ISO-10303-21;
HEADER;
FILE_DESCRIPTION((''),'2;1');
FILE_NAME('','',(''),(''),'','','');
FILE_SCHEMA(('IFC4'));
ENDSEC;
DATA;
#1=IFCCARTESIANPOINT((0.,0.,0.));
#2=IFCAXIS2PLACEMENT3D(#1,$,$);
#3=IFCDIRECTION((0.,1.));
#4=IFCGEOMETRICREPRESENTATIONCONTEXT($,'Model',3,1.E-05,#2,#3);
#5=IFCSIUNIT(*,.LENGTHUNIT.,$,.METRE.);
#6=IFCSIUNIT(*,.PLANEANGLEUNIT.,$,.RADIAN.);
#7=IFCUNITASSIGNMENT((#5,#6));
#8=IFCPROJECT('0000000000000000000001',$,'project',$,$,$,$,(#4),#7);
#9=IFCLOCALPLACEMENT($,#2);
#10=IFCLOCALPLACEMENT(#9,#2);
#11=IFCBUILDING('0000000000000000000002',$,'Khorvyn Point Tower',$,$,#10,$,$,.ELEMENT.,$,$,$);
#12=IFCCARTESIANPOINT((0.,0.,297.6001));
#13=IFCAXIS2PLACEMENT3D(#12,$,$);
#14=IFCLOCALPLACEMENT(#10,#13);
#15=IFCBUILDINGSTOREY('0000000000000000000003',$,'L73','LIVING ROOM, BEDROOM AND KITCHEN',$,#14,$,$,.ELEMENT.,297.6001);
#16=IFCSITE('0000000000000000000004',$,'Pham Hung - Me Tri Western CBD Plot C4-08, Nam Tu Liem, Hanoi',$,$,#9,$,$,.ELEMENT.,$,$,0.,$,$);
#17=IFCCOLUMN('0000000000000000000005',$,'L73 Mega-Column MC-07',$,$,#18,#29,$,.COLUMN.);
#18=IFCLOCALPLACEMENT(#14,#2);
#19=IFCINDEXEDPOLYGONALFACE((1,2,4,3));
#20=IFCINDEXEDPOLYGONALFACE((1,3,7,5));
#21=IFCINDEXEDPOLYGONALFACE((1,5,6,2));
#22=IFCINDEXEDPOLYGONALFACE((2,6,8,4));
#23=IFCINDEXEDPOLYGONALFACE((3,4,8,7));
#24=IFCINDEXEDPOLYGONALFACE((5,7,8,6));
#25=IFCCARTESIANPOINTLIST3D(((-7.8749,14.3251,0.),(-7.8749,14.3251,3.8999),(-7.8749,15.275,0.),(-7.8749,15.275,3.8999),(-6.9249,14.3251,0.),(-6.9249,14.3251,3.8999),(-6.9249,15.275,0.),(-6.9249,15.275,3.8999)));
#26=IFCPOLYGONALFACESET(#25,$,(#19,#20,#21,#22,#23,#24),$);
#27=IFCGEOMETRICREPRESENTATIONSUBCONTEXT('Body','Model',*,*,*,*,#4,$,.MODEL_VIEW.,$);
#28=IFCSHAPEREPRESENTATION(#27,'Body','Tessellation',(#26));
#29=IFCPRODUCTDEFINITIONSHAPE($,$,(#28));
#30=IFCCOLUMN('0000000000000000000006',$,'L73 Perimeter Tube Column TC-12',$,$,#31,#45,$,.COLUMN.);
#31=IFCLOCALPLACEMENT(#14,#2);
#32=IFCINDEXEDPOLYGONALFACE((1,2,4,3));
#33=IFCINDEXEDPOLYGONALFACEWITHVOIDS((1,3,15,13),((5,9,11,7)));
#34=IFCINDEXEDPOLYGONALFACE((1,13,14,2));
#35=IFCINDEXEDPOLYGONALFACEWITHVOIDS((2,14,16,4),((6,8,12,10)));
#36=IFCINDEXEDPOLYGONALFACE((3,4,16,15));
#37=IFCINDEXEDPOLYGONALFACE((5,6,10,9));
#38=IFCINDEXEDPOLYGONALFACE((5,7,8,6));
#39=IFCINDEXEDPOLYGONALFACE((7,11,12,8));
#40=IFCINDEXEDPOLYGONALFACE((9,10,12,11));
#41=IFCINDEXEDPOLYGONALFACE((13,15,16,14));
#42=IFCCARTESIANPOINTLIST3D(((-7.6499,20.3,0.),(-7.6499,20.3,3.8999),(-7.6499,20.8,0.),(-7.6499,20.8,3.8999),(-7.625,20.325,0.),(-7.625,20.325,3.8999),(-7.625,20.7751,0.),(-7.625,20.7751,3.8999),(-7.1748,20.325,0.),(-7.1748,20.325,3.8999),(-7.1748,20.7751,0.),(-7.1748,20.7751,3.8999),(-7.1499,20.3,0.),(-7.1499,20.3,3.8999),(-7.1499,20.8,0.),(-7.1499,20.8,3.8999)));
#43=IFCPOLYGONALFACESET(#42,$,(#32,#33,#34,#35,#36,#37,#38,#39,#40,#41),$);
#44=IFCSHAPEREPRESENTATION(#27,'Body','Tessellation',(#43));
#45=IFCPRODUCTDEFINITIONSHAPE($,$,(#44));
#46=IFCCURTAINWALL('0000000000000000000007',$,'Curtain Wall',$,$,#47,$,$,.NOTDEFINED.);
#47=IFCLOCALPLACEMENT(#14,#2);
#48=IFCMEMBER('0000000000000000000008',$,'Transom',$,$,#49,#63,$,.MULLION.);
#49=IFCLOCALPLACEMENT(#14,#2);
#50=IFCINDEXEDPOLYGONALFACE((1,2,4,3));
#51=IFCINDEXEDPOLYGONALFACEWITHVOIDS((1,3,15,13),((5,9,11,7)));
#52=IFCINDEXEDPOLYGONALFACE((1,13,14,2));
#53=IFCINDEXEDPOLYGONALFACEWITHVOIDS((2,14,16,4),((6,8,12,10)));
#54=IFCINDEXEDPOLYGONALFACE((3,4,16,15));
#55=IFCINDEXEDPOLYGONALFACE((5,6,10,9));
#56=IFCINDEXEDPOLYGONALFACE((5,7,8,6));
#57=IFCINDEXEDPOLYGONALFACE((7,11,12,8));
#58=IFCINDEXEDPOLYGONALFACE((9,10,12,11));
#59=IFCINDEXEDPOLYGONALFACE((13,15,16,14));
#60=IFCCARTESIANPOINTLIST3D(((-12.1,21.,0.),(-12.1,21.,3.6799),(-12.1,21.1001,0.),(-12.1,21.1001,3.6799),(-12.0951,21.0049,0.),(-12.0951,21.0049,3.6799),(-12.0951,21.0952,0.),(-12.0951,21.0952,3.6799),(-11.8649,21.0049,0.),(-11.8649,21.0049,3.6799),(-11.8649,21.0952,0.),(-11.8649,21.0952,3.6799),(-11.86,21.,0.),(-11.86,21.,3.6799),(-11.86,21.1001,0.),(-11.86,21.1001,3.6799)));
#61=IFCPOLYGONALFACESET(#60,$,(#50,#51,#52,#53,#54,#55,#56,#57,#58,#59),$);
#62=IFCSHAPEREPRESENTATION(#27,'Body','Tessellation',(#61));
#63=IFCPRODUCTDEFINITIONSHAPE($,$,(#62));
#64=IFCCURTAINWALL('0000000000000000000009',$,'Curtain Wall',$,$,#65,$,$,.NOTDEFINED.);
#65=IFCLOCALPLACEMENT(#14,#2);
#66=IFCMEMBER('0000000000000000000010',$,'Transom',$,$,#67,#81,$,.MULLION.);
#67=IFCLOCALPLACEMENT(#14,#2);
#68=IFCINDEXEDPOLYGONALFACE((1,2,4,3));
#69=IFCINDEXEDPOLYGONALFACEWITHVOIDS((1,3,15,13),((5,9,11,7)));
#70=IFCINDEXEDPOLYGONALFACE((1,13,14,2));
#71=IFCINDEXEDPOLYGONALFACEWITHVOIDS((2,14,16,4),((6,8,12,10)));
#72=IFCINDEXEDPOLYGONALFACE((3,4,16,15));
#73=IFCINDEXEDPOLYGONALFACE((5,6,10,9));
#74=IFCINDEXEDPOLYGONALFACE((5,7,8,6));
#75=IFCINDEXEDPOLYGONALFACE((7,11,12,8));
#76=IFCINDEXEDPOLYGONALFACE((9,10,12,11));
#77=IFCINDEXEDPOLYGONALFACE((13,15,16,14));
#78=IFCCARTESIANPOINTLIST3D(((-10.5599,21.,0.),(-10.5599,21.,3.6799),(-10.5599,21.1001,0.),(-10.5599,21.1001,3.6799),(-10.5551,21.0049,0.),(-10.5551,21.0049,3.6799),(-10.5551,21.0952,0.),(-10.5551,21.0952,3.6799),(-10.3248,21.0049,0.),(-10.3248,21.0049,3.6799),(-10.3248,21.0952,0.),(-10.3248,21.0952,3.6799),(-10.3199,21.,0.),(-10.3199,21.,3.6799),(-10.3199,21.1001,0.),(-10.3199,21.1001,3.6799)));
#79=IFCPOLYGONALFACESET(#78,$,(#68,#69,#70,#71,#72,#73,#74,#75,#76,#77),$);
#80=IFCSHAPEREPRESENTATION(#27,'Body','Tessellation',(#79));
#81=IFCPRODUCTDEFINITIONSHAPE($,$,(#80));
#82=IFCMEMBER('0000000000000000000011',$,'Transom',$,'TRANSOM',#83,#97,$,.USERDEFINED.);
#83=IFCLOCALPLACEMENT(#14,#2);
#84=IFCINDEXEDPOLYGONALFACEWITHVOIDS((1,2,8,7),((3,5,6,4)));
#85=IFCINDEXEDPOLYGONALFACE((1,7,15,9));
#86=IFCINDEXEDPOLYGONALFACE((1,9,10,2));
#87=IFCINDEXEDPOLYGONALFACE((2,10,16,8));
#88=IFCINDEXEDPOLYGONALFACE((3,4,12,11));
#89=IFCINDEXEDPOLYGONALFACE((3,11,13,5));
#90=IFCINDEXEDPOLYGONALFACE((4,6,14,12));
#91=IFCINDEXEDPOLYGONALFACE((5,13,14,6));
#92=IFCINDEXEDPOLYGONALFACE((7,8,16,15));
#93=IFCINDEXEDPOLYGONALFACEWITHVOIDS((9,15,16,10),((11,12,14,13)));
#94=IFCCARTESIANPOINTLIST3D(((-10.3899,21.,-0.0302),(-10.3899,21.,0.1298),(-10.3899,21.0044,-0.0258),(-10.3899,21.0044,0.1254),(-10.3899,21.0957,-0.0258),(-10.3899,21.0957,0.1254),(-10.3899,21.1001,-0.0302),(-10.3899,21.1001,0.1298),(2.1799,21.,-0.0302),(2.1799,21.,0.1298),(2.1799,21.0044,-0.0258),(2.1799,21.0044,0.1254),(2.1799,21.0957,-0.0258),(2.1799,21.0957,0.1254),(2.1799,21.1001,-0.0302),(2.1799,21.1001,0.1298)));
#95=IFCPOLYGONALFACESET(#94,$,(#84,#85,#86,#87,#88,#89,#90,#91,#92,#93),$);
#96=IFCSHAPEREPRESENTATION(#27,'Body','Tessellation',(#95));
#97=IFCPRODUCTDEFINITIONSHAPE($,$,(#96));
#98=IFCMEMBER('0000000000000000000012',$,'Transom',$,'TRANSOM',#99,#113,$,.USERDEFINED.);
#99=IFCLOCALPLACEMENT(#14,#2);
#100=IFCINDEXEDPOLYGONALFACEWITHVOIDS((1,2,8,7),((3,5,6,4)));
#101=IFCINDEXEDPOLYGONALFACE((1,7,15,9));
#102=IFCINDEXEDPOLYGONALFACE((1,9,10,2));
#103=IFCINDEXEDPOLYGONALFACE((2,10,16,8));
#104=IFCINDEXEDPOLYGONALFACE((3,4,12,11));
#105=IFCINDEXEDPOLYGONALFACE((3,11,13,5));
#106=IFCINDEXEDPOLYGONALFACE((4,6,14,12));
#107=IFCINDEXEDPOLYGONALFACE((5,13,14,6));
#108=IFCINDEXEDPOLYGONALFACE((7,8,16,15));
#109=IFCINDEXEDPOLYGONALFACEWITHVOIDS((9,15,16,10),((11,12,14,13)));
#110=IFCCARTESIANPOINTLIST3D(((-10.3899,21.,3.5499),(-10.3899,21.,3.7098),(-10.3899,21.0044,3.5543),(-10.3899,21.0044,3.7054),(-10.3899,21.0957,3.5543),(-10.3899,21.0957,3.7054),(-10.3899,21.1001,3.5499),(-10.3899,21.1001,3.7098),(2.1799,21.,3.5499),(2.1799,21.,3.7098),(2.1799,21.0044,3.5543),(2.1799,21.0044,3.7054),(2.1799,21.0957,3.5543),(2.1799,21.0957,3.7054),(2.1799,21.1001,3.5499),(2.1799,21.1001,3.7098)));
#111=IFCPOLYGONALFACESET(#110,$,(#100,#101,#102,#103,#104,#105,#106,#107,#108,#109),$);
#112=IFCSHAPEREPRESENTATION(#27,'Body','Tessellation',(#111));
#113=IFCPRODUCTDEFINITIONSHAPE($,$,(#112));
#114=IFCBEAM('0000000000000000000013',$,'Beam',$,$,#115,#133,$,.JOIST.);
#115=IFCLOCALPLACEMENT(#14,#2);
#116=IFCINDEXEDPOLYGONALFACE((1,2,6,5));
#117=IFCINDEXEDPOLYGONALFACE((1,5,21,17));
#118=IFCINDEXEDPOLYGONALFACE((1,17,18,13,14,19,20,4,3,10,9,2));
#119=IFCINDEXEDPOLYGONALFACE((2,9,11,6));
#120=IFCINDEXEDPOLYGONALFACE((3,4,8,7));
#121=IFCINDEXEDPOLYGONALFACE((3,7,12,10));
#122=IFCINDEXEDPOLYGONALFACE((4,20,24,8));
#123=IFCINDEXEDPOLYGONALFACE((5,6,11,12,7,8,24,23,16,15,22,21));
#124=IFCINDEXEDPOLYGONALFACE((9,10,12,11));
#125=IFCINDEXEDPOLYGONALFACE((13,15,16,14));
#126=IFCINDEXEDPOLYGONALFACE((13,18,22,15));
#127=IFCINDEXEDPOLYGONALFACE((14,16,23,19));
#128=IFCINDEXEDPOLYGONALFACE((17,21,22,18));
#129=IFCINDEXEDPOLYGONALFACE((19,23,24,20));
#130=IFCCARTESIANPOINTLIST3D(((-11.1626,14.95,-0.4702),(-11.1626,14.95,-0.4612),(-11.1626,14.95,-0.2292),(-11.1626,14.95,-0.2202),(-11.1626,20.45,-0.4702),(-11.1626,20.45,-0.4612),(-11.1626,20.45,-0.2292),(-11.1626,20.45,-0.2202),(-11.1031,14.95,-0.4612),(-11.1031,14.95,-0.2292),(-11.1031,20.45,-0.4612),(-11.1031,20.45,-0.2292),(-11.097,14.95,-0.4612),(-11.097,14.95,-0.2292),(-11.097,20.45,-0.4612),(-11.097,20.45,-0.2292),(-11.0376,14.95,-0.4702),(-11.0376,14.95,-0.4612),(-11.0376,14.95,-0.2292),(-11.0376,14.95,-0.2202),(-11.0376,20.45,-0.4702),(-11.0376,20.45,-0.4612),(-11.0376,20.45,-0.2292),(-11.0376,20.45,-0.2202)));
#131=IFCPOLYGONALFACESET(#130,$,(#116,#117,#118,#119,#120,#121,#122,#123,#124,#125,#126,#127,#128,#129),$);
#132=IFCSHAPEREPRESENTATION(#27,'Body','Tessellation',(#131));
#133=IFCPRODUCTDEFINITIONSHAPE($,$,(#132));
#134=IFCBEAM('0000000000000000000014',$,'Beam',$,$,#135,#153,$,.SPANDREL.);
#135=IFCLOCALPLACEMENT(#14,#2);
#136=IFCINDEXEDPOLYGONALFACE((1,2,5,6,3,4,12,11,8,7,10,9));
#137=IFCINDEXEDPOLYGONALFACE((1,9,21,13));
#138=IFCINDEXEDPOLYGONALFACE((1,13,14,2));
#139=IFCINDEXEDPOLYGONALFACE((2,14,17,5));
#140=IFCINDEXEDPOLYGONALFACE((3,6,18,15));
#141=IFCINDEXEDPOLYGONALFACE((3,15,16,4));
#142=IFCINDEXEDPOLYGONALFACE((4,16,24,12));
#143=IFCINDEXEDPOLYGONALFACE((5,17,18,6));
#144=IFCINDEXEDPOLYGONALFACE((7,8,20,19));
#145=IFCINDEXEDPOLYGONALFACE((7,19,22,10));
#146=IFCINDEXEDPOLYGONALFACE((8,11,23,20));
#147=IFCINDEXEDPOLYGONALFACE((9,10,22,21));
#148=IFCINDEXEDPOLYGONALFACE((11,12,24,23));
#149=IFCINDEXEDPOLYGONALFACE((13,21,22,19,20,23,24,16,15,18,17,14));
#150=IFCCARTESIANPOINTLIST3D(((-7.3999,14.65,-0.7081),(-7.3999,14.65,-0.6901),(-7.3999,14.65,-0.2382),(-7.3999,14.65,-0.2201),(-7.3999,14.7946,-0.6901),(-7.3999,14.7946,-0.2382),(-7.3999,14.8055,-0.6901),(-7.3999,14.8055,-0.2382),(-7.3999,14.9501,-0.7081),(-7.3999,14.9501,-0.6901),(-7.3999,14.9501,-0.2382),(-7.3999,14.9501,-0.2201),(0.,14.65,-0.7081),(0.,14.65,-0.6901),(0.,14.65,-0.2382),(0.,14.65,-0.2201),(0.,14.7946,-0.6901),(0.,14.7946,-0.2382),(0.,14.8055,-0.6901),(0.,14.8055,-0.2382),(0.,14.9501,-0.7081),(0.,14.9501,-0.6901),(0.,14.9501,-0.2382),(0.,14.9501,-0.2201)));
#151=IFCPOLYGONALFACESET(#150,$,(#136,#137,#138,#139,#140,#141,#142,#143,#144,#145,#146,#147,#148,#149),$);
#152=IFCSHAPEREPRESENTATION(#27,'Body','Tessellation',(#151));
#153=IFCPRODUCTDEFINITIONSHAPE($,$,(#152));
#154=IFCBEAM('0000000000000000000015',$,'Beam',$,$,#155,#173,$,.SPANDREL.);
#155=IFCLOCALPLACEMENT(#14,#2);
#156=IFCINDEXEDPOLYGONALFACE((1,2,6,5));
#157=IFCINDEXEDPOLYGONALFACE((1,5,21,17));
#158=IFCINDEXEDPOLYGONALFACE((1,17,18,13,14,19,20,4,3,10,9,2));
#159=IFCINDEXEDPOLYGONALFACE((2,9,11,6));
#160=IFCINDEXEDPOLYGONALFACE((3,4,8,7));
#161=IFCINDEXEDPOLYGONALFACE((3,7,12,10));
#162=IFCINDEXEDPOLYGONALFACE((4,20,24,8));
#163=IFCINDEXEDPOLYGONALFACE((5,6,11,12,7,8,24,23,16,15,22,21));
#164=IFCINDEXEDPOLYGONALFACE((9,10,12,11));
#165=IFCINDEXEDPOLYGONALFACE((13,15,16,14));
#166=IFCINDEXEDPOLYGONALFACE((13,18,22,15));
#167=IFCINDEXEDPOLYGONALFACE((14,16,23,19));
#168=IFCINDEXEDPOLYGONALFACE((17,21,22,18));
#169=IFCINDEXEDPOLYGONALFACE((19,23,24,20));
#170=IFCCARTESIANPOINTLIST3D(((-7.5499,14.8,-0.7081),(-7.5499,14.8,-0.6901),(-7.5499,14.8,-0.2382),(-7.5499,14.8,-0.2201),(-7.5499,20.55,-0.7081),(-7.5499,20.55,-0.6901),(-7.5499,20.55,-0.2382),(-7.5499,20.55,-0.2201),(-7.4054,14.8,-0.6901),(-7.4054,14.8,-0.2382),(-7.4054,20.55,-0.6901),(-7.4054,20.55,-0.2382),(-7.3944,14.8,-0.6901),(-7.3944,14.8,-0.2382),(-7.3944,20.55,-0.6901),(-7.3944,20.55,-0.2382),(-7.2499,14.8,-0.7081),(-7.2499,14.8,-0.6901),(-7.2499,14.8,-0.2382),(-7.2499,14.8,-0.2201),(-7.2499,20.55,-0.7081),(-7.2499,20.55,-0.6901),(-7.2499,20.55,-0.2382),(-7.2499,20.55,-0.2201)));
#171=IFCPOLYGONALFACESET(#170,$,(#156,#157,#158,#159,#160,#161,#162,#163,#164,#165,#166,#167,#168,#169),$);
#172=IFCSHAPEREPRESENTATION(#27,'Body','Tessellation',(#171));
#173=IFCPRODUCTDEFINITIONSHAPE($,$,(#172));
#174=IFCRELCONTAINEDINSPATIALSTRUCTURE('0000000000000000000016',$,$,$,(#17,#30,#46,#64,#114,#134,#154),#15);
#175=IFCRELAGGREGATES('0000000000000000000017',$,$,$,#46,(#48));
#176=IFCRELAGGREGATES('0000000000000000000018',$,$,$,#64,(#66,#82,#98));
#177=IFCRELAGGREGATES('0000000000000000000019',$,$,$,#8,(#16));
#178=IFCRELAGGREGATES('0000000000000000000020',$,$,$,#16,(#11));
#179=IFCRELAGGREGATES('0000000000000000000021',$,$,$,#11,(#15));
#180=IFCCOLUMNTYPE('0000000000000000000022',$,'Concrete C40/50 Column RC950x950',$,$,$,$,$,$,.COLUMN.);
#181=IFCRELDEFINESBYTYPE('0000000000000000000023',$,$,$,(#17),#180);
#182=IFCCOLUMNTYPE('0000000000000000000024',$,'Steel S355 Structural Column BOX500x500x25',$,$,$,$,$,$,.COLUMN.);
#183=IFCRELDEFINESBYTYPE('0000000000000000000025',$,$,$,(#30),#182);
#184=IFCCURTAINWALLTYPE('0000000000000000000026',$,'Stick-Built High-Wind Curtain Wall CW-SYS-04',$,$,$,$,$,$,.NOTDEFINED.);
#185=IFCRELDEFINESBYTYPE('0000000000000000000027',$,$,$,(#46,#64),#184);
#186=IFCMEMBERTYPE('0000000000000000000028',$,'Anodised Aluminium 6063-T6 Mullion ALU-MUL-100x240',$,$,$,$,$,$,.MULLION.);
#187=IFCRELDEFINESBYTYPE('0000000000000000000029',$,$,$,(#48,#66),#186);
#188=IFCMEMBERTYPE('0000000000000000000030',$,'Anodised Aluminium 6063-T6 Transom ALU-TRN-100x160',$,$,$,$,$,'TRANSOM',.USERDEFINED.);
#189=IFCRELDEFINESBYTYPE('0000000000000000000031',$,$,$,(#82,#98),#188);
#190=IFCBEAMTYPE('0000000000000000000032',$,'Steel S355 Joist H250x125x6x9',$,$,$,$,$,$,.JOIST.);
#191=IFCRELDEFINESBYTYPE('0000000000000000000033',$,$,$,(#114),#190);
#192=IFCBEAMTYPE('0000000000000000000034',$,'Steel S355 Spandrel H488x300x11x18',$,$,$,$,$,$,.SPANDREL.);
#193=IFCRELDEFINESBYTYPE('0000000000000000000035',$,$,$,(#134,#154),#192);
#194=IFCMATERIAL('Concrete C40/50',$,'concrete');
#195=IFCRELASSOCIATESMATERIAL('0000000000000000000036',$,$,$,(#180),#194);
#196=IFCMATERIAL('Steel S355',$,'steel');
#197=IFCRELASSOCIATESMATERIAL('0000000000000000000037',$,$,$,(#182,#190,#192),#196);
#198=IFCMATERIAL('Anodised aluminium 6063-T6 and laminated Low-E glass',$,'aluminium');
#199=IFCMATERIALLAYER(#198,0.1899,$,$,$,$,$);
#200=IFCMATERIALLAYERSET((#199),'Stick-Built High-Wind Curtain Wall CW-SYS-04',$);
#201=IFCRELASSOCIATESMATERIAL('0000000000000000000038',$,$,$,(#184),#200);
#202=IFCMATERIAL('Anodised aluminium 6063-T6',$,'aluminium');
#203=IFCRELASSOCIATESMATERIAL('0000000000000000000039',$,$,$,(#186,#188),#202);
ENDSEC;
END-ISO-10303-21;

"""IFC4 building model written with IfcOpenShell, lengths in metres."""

from ifc_helpers import new_model, si_unit, direction, frame, origin, origin_2d, place, context, subcontext, project, spatial, rectangle, hollow_rectangle, i_section, extrude, material, layer, layer_set, material_profile, profile_set, type_object, element, aggregate, save


model = new_model("IFC4")

# Units and contexts
model_context = context("Model", 3, precision=1e-05, world=origin(), true_north=direction((0.0, 1.0)))
body_context = subcontext(model_context, "Body", "Model", "MODEL_VIEW")
ifc_project = project(units=[si_unit("LENGTHUNIT", "METRE"), si_unit("PLANEANGLEUNIT", "RADIAN")], contexts=[model_context])

# Site, building, storey
site_placement = place(None, origin())
site = spatial("IfcSite", under=ifc_project, at=site_placement, Name="Pham Hung - Me Tri Western CBD Plot C4-08, Nam Tu Liem, Hanoi", CompositionType="ELEMENT", RefElevation=0.0)
building_placement = place(site_placement, origin())
building = spatial("IfcBuilding", under=site, at=building_placement, Name="Khorvyn Point Tower", CompositionType="ELEMENT")
storey_placement = place(building_placement, frame((0.0, 0.0, 297.6001)))
storey = spatial("IfcBuildingStorey", under=building, at=storey_placement, Name="L73", Description="LIVING ROOM, BEDROOM AND KITCHEN", CompositionType="ELEMENT", Elevation=297.6001)

# Columns
ifc_material_1 = material(Name="Concrete C40/50", Category="concrete")
ifc_material_profile_1 = material_profile(ifc_material_1, rectangle(XDim=0.95, YDim=0.95, at=origin_2d()))
ifc_profile_set_1 = profile_set([ifc_material_profile_1], Name="Concrete C40/50 RC950x950")
column_type_1 = type_object("IfcColumnType", Name="Concrete C40/50 Column RC950x950", PredefinedType="COLUMN", material=ifc_profile_set_1)
column_1_placement = place(storey_placement, frame((-7.3999, 14.8, 0.0), z_axis=(0.0, 0.0, 1.0), x_axis=(1.0, 0.0, 0.0)))
element("IfcColumn", 1, at=column_1_placement, inside=storey, type_object=column_type_1, Name="L73 Mega-Column MC-07", PredefinedType="COLUMN", context=body_context, shape_type="SweptSolid", body=[
    extrude(rectangle(XDim=0.95, YDim=0.95, at=origin_2d()), origin(), (0.0, 0.0, 1.0), 3.8999),
])
ifc_material_2 = material(Name="Steel S355", Category="steel")
ifc_material_profile_2 = material_profile(ifc_material_2, hollow_rectangle(XDim=0.5, YDim=0.5, WallThickness=0.0249, at=origin_2d()))
ifc_profile_set_2 = profile_set([ifc_material_profile_2], Name="Steel S355 BOX500x500x25")
column_type_2 = type_object("IfcColumnType", Name="Steel S355 Structural Column BOX500x500x25", PredefinedType="COLUMN", material=ifc_profile_set_2)
column_2_placement = place(storey_placement, frame((-7.3999, 20.55, 0.0), z_axis=(0.0, 0.0, 1.0), x_axis=(1.0, 0.0, 0.0)))
element("IfcColumn", 2, at=column_2_placement, inside=storey, type_object=column_type_2, Name="L73 Perimeter Tube Column TC-12", PredefinedType="COLUMN", context=body_context, shape_type="SweptSolid", body=[
    extrude(hollow_rectangle(XDim=0.5, YDim=0.5, WallThickness=0.0249, at=origin_2d()), origin(), (0.0, 0.0, 1.0), 3.8999),
])

# Curtain wall, member
ifc_material_3 = material(Name="Anodised aluminium 6063-T6 and laminated Low-E glass", Category="aluminium")
ifc_layer_1 = layer(ifc_material_3, 0.1899)
ifc_layer_set_1 = layer_set([ifc_layer_1], Name="Stick-Built High-Wind Curtain Wall CW-SYS-04")
curtain_wall_type = type_object("IfcCurtainWallType", Name="Stick-Built High-Wind Curtain Wall CW-SYS-04", PredefinedType="NOTDEFINED", material=ifc_layer_set_1)
curtain_wall_1_placement = place(storey_placement, origin())
curtain_wall_1 = element("IfcCurtainWall", 3, at=curtain_wall_1_placement, inside=storey, type_object=curtain_wall_type, Name="Curtain Wall", PredefinedType="NOTDEFINED")
ifc_material_4 = material(Name="Anodised aluminium 6063-T6", Category="aluminium")
ifc_material_profile_3 = material_profile(ifc_material_4, hollow_rectangle(XDim=0.1001, YDim=0.24, WallThickness=0.0049, at=origin_2d()))
ifc_profile_set_3 = profile_set([ifc_material_profile_3], Name="Anodised aluminium 6063-T6 ALU-MUL-100x240")
member_type_1 = type_object("IfcMemberType", Name="Anodised Aluminium 6063-T6 Mullion ALU-MUL-100x240", PredefinedType="MULLION", material=ifc_profile_set_3)
member_1_placement = place(storey_placement, frame((-11.98, 21.05, 0.0), z_axis=(0.0, 0.0, 1.0), x_axis=(0.0, 1.0, 0.0)))
member_1 = element("IfcMember", 4, at=member_1_placement, type_object=member_type_1, Name="Transom", PredefinedType="MULLION", context=body_context, shape_type="SweptSolid", body=[
    extrude(hollow_rectangle(XDim=0.1001, YDim=0.24, WallThickness=0.0049, at=origin_2d()), origin(), (0.0, 0.0, 1.0), 3.6799),
])
aggregate(curtain_wall_1, [member_1])

# Curtain wall, members
curtain_wall_2_placement = place(storey_placement, origin())
curtain_wall_2 = element("IfcCurtainWall", 5, at=curtain_wall_2_placement, inside=storey, type_object=curtain_wall_type, Name="Curtain Wall", PredefinedType="NOTDEFINED")
member_2_placement = place(storey_placement, frame((-10.4399, 21.05, 0.0), z_axis=(0.0, 0.0, 1.0), x_axis=(0.0, 1.0, 0.0)))
member_2 = element("IfcMember", 6, at=member_2_placement, type_object=member_type_1, Name="Transom", PredefinedType="MULLION", context=body_context, shape_type="SweptSolid", body=[
    extrude(hollow_rectangle(XDim=0.1001, YDim=0.24, WallThickness=0.0049, at=origin_2d()), origin(), (0.0, 0.0, 1.0), 3.6799),
])
ifc_material_profile_4 = material_profile(ifc_material_4, hollow_rectangle(XDim=0.1001, YDim=0.1599, WallThickness=0.0044, at=origin_2d()))
ifc_profile_set_4 = profile_set([ifc_material_profile_4], Name="Anodised aluminium 6063-T6 ALU-TRN-100x160")
member_type_2 = type_object("IfcMemberType", Name="Anodised Aluminium 6063-T6 Transom ALU-TRN-100x160", ElementType="TRANSOM", PredefinedType="USERDEFINED", material=ifc_profile_set_4)
member_3_placement = place(storey_placement, frame((-10.3899, 21.05, 0.0498), z_axis=(1.0, 0.0, 0.0), x_axis=(0.0, 1.0, 0.0)))
member_3 = element("IfcMember", 7, at=member_3_placement, type_object=member_type_2, Name="Transom", ObjectType="TRANSOM", PredefinedType="USERDEFINED", context=body_context, shape_type="SweptSolid", body=[
    extrude(hollow_rectangle(XDim=0.1001, YDim=0.1599, WallThickness=0.0044, at=origin_2d()), origin(), (0.0, 0.0, 1.0), 12.5698),
])
member_4_placement = place(storey_placement, frame((-10.3899, 21.05, 3.6299), z_axis=(1.0, 0.0, 0.0), x_axis=(0.0, 1.0, 0.0)))
member_4 = element("IfcMember", 8, at=member_4_placement, type_object=member_type_2, Name="Transom", ObjectType="TRANSOM", PredefinedType="USERDEFINED", context=body_context, shape_type="SweptSolid", body=[
    extrude(hollow_rectangle(XDim=0.1001, YDim=0.1599, WallThickness=0.0044, at=origin_2d()), origin(), (0.0, 0.0, 1.0), 12.5698),
])

# Beams
ifc_material_profile_5 = material_profile(ifc_material_2, i_section(OverallWidth=0.125, OverallDepth=0.25, WebThickness=0.0061, FlangeThickness=0.009, at=origin_2d()))
ifc_profile_set_5 = profile_set([ifc_material_profile_5], Name="Steel S355 H250x125x6x9")
beam_type_1 = type_object("IfcBeamType", Name="Steel S355 Joist H250x125x6x9", PredefinedType="JOIST", material=ifc_profile_set_5)
beam_1_placement = place(storey_placement, frame((-11.1001, 14.95, -0.3452), z_axis=(0.0, 1.0, 0.0), x_axis=(-1.0, 0.0, 0.0)))
element("IfcBeam", 9, at=beam_1_placement, inside=storey, type_object=beam_type_1, Name="Beam", PredefinedType="JOIST", context=body_context, shape_type="SweptSolid", body=[
    extrude(i_section(OverallWidth=0.125, OverallDepth=0.25, WebThickness=0.0061, FlangeThickness=0.009, at=origin_2d()), origin(), (0.0, 0.0, 1.0), 5.5),
])
ifc_material_profile_6 = material_profile(ifc_material_2, i_section(OverallWidth=0.3, OverallDepth=0.488, WebThickness=0.011, FlangeThickness=0.0181, at=origin_2d()))
ifc_profile_set_6 = profile_set([ifc_material_profile_6], Name="Steel S355 H488x300x11x18")
beam_type_2 = type_object("IfcBeamType", Name="Steel S355 Spandrel H488x300x11x18", PredefinedType="SPANDREL", material=ifc_profile_set_6)
beam_2_placement = place(storey_placement, frame((-7.3999, 14.8, -0.4641), z_axis=(1.0, 0.0, 0.0), x_axis=(0.0, 1.0, 0.0)))
element("IfcBeam", 10, at=beam_2_placement, inside=storey, type_object=beam_type_2, Name="Beam", PredefinedType="SPANDREL", context=body_context, shape_type="SweptSolid", body=[
    extrude(i_section(OverallWidth=0.3, OverallDepth=0.488, WebThickness=0.011, FlangeThickness=0.0181, at=origin_2d()), origin(), (0.0, 0.0, 1.0), 7.3999),
])
beam_3_placement = place(storey_placement, frame((-7.3999, 14.8, -0.4641), z_axis=(0.0, 1.0, 0.0), x_axis=(-1.0, 0.0, 0.0)))
element("IfcBeam", 11, at=beam_3_placement, inside=storey, type_object=beam_type_2, Name="Beam", PredefinedType="SPANDREL", context=body_context, shape_type="SweptSolid", body=[
    extrude(i_section(OverallWidth=0.3, OverallDepth=0.488, WebThickness=0.011, FlangeThickness=0.0181, at=origin_2d()), origin(), (0.0, 0.0, 1.0), 5.75),
])

aggregate(curtain_wall_2, [member_2, member_3, member_4])

save(model, "model.ifc")
